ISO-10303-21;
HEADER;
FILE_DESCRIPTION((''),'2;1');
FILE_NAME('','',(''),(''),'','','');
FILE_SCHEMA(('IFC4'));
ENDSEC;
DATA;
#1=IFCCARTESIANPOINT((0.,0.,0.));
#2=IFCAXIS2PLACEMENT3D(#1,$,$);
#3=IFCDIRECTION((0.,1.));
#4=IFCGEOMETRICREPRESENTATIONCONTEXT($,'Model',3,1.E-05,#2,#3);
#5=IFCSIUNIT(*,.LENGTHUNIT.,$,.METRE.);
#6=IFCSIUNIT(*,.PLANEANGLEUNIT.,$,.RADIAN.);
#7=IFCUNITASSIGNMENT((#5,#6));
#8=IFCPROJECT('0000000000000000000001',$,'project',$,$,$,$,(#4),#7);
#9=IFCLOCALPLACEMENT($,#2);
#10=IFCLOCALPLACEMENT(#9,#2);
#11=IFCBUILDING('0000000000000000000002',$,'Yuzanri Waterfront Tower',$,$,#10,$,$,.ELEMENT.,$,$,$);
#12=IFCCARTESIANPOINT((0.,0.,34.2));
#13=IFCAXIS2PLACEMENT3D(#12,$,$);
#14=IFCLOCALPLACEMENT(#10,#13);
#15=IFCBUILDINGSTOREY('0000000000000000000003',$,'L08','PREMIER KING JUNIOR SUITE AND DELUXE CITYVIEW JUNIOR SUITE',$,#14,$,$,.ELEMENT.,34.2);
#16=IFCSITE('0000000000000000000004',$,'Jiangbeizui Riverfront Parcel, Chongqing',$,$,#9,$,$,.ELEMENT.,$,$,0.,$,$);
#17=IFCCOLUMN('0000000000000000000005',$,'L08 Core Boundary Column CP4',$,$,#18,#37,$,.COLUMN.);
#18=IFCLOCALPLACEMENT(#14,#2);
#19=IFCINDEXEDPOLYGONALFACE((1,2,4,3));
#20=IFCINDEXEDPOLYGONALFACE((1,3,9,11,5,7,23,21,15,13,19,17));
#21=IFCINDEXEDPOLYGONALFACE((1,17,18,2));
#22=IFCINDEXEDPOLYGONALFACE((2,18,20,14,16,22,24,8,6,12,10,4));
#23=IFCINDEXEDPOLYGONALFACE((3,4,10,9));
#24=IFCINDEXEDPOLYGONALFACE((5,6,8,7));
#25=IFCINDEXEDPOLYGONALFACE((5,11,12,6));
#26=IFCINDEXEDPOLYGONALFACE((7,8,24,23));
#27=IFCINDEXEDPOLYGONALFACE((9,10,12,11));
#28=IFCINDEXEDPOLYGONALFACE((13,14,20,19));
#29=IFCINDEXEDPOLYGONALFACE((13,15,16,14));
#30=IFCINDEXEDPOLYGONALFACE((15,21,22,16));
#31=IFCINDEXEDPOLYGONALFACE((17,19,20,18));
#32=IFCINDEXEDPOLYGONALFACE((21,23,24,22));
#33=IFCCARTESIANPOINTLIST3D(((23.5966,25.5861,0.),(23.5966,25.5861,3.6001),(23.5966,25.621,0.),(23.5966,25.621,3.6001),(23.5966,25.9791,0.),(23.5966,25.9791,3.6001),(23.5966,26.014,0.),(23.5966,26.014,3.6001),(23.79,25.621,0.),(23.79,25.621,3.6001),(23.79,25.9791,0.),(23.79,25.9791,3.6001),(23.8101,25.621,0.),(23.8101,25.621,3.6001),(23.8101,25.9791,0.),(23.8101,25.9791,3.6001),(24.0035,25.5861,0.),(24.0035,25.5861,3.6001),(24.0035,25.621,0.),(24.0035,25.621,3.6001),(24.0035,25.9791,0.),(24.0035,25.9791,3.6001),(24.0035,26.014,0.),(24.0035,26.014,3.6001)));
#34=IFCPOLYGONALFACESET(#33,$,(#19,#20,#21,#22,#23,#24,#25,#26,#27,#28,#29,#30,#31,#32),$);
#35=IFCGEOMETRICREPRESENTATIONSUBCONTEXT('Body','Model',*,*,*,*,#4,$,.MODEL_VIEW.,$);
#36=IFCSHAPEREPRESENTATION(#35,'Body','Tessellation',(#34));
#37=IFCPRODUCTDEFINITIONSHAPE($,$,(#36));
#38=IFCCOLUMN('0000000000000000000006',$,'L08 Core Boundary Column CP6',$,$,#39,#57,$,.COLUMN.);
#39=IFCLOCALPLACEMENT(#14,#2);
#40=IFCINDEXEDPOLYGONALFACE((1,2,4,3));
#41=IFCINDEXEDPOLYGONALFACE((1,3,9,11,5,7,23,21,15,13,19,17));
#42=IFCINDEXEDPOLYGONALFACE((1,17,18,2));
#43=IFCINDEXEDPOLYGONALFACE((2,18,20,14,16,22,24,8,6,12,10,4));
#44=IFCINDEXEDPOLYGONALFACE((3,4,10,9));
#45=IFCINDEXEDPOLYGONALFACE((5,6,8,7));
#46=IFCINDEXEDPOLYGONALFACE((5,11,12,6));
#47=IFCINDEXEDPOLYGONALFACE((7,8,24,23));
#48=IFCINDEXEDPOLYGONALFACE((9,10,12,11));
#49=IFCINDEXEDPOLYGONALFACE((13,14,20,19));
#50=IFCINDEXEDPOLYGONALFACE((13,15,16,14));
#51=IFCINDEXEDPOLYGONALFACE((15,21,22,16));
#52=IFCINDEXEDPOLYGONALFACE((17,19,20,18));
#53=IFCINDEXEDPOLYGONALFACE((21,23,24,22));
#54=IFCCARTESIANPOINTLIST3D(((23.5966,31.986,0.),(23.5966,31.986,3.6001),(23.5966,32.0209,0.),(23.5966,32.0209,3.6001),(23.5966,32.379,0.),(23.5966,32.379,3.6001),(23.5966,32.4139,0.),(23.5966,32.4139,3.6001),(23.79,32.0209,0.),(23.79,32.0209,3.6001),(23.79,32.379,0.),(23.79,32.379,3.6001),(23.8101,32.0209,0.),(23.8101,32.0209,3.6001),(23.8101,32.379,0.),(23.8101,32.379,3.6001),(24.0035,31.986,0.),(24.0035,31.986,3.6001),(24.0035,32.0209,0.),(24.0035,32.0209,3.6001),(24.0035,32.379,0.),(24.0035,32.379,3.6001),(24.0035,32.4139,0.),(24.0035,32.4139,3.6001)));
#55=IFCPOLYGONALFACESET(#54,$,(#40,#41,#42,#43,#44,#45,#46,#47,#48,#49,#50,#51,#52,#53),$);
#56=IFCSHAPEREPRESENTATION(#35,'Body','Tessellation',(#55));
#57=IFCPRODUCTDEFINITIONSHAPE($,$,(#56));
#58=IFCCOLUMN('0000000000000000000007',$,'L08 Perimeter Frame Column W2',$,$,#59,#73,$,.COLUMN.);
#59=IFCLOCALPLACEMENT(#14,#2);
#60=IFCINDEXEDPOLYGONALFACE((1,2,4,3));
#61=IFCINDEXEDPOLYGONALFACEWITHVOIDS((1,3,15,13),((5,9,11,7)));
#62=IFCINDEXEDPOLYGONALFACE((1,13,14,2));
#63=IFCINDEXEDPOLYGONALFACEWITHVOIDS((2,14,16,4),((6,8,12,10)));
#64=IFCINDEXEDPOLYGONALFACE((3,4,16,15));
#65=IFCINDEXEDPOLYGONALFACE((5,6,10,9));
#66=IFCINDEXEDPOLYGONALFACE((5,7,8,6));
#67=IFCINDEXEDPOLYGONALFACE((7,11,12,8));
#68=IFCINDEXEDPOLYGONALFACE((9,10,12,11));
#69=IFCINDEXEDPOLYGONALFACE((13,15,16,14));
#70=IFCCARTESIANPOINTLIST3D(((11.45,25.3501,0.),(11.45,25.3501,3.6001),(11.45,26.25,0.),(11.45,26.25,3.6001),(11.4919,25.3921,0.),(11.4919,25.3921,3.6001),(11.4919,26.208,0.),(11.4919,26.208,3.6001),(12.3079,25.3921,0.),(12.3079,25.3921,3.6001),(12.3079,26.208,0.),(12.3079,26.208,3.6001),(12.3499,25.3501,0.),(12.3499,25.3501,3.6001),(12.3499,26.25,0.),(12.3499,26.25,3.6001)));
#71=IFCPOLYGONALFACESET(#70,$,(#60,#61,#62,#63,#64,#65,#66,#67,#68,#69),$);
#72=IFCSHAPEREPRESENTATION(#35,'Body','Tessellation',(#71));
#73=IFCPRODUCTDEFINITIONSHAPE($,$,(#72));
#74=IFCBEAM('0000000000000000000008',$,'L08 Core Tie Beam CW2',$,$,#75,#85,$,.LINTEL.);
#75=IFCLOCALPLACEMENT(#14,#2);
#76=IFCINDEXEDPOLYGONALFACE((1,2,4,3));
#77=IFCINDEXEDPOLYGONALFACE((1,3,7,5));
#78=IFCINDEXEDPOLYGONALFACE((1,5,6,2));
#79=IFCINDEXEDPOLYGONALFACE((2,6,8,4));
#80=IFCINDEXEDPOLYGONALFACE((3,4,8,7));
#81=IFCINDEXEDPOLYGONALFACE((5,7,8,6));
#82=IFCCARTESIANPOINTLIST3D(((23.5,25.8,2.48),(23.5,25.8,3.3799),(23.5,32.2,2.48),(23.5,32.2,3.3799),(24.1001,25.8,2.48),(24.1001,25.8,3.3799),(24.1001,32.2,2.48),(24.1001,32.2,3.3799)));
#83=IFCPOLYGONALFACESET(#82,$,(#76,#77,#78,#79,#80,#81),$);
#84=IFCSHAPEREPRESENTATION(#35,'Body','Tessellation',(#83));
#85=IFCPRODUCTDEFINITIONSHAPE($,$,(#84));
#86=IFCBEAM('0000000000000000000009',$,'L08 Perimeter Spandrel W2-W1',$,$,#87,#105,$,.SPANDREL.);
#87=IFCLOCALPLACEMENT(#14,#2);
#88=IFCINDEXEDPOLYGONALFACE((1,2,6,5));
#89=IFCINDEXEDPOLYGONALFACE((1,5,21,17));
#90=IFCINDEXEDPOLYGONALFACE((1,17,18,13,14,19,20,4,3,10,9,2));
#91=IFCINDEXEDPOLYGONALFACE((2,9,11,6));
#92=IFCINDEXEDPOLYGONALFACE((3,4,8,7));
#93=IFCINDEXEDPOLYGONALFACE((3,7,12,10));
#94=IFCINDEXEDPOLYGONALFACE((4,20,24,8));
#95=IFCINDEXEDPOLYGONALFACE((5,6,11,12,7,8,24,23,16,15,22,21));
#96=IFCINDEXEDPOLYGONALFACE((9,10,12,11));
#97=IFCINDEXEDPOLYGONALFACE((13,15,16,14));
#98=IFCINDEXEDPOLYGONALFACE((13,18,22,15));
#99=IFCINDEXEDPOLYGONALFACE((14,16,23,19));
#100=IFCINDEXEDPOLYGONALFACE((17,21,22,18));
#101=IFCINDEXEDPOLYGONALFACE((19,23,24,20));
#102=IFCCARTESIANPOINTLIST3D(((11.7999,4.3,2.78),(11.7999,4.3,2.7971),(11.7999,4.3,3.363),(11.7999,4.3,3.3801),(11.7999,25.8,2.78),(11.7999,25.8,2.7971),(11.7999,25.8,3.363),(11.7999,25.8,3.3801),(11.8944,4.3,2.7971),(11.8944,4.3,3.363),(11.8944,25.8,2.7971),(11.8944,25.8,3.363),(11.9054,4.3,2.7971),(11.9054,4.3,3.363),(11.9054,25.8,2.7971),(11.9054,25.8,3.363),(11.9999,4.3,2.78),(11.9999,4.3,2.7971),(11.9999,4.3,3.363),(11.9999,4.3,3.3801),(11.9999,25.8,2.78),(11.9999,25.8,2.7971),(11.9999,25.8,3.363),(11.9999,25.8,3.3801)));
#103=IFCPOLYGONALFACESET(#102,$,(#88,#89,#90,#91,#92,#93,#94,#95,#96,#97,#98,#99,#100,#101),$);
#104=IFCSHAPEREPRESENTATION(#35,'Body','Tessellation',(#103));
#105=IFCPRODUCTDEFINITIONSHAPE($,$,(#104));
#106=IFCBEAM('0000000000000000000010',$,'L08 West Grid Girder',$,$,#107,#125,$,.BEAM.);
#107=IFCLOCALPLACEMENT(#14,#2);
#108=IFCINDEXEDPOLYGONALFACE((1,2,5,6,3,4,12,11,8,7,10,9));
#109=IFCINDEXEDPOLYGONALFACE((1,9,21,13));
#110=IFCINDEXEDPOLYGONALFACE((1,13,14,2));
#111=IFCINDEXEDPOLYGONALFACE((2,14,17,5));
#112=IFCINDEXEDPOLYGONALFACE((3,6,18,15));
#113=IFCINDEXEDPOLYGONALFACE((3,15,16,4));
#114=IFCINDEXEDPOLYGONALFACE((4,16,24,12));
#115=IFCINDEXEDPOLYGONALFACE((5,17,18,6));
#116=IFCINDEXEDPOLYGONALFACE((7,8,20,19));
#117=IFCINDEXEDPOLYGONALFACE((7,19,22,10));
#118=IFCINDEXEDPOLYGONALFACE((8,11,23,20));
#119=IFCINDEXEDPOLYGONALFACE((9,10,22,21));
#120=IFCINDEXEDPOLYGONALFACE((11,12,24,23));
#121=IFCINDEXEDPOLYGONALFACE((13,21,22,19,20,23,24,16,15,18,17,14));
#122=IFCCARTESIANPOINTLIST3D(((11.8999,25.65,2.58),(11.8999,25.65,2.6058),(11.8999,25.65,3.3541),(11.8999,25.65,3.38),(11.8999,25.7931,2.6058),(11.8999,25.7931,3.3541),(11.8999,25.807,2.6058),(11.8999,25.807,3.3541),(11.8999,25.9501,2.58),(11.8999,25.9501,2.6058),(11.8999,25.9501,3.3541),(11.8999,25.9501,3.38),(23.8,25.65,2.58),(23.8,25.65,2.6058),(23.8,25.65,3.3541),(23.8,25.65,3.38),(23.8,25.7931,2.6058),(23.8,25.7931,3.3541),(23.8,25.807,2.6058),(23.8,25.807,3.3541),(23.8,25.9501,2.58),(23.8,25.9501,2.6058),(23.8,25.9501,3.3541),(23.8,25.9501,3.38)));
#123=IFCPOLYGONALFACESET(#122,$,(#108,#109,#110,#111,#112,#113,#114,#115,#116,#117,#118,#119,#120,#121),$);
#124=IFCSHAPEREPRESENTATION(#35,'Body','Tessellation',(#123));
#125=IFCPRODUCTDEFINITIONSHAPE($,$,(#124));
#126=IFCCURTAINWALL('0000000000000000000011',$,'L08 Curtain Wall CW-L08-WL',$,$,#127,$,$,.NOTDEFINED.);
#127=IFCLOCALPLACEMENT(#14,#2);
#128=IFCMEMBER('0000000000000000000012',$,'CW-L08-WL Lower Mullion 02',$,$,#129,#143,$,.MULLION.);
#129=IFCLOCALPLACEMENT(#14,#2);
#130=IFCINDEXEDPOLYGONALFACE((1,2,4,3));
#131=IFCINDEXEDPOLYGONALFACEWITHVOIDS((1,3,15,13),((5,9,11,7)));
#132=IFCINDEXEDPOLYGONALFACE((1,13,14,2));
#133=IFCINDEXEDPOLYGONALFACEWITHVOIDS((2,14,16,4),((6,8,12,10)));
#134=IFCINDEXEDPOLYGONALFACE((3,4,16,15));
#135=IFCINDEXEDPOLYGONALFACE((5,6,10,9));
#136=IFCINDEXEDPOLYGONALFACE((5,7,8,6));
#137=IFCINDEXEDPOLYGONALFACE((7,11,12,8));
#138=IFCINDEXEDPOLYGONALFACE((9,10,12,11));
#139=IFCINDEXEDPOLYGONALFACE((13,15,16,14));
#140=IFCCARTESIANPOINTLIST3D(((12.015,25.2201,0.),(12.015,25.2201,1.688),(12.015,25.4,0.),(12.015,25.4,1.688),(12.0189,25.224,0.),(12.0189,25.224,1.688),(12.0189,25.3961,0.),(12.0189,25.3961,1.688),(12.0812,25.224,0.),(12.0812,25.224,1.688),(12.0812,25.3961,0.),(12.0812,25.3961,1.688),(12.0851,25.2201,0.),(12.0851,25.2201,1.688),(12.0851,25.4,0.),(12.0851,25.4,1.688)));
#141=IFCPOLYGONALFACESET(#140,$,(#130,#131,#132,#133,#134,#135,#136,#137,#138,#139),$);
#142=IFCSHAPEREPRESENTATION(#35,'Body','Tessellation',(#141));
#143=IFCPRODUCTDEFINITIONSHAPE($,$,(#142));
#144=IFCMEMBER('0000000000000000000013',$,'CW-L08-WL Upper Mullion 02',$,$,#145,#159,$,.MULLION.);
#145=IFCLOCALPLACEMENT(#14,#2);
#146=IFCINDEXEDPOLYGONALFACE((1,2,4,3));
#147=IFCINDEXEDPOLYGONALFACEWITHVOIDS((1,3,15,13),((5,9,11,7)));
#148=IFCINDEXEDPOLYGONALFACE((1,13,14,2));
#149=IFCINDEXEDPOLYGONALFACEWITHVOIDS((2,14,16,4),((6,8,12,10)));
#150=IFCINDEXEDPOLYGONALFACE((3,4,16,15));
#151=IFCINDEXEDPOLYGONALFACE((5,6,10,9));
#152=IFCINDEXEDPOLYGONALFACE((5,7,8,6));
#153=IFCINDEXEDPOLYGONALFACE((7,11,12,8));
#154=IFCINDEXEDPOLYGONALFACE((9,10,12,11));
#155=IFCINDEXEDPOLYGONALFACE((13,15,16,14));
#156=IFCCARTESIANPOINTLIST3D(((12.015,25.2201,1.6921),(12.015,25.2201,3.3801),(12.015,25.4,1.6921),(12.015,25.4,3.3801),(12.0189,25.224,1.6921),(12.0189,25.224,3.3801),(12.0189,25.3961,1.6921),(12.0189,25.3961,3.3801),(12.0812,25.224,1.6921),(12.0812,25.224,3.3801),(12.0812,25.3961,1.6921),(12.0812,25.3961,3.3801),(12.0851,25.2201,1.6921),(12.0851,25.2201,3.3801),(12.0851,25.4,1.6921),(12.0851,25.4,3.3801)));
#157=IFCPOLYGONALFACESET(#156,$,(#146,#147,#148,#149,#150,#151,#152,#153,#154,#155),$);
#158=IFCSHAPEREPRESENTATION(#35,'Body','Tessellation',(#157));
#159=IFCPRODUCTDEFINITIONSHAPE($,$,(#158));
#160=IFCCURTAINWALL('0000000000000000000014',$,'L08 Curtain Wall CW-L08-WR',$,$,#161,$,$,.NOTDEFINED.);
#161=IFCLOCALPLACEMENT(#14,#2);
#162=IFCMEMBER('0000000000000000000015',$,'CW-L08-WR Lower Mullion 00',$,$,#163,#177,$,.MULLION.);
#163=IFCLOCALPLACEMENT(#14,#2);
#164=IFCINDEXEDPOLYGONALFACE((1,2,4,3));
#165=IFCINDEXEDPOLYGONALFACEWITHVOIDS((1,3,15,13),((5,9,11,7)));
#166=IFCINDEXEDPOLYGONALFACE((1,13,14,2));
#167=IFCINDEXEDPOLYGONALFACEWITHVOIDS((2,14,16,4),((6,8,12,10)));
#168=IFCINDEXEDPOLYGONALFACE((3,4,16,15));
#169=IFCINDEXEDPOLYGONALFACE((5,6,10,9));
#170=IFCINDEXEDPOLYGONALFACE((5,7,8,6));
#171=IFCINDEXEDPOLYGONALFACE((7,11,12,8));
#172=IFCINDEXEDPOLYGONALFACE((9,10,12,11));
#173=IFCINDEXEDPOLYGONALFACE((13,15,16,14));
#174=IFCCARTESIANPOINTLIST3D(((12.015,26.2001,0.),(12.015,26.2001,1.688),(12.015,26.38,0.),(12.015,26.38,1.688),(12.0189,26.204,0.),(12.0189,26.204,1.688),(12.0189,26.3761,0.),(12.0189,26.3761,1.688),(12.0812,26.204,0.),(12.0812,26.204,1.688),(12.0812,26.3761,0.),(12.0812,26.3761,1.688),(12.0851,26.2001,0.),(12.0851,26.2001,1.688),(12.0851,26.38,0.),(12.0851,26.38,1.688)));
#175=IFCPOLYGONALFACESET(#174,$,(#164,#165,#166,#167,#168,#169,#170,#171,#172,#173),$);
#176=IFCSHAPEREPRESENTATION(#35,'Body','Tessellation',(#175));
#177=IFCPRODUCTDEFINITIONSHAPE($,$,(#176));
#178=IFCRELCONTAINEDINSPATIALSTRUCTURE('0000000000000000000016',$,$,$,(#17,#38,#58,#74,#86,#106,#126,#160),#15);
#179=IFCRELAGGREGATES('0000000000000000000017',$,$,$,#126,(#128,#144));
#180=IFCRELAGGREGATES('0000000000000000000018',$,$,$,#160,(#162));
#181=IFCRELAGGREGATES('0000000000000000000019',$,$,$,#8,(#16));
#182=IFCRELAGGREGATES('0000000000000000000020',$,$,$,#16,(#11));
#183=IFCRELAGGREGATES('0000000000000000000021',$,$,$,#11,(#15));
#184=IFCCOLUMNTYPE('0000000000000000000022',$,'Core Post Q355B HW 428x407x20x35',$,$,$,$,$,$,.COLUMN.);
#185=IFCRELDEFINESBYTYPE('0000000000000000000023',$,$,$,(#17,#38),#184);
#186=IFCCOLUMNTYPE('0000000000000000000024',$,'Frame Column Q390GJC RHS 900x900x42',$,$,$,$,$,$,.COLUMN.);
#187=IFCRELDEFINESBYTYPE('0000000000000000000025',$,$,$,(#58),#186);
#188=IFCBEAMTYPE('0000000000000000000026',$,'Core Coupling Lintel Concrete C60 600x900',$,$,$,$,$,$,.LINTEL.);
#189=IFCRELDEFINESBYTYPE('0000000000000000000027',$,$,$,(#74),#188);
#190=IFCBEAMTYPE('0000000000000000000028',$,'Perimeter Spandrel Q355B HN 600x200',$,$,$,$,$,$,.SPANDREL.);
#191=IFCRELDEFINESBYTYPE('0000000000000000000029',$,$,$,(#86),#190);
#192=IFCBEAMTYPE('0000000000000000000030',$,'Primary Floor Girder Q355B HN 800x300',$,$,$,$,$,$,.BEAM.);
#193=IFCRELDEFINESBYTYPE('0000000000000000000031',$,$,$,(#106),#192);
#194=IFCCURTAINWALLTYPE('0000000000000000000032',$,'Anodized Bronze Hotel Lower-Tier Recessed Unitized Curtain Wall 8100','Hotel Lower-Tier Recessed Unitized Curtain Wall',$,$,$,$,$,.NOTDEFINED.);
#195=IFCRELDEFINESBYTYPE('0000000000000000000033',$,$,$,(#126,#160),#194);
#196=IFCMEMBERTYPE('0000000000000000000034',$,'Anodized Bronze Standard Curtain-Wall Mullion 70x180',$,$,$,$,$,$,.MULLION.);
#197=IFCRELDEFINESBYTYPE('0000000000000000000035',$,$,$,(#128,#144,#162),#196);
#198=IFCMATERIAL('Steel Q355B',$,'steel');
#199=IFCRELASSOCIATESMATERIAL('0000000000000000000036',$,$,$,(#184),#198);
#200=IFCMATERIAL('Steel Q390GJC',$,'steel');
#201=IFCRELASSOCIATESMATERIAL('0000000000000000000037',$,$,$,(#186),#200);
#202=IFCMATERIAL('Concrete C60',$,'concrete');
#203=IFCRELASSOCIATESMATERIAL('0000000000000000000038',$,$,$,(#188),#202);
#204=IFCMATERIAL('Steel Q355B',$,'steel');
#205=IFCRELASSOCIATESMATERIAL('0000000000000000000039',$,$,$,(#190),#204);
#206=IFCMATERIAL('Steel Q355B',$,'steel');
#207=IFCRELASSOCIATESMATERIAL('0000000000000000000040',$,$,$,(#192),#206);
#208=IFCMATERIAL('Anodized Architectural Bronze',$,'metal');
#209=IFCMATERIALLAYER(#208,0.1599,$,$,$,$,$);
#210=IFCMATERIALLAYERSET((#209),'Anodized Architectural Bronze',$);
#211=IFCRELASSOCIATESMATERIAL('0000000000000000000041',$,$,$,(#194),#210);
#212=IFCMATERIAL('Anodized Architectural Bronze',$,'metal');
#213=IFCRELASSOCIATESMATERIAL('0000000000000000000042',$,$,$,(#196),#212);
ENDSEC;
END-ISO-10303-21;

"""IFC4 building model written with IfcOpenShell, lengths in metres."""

from ifc_helpers import new_model, si_unit, direction, frame, origin, origin_2d, place, context, subcontext, project, spatial, rectangle, hollow_rectangle, i_section, extrude, source, transform, mapped, material, layer, layer_set, material_profile, profile_set, type_object, element, aggregate, save


model = new_model("IFC4")

# Units and contexts
model_context = context("Model", 3, precision=1e-05, world=origin(), true_north=direction((0.0, 1.0)))
body_context = subcontext(model_context, "Body", "Model", "MODEL_VIEW")
ifc_project = project(units=[si_unit("LENGTHUNIT", "METRE"), si_unit("PLANEANGLEUNIT", "RADIAN")], contexts=[model_context])

# Site, building, storey
site_placement = place(None, origin())
site = spatial("IfcSite", under=ifc_project, at=site_placement, Name="Jiangbeizui Riverfront Parcel, Chongqing", CompositionType="ELEMENT", RefElevation=0.0)
building_placement = place(site_placement, origin())
building = spatial("IfcBuilding", under=site, at=building_placement, Name="Yuzanri Waterfront Tower", CompositionType="ELEMENT")
storey_placement = place(building_placement, frame((0.0, 0.0, 34.2)))
storey = spatial("IfcBuildingStorey", under=building, at=storey_placement, Name="L08", Description="PREMIER KING JUNIOR SUITE AND DELUXE CITYVIEW JUNIOR SUITE", CompositionType="ELEMENT", Elevation=34.2)

# Columns
ifc_material_1 = material(Name="Steel Q355B", Category="steel")
ifc_material_profile_1 = material_profile(ifc_material_1, i_section(OverallWidth=0.407, OverallDepth=0.428, WebThickness=0.02, FlangeThickness=0.0349, at=origin_2d()), Name="HW 428x407x20x35")
ifc_profile_set_1 = profile_set([ifc_material_profile_1], Name="Steel Q355B")
column_type_1 = type_object("IfcColumnType", Name="Core Post Q355B HW 428x407x20x35", PredefinedType="COLUMN", material=ifc_profile_set_1)
shared_shape_1 = source(origin(), body_context, "Body", "SweptSolid", [
    extrude(i_section(OverallWidth=0.407, OverallDepth=0.428, WebThickness=0.02, FlangeThickness=0.0349, at=origin_2d()), origin(), (0.0, 0.0, 1.0), 3.6001),
])
for number, where, z_axis, x_axis, name in (
    (1, (23.8, 25.8, 0.0), (0.0, 0.0, 1.0), (1.0, 0.0, 0.0), "L08 Core Boundary Column CP4"),
    (2, (23.8, 32.2, 0.0), (0.0, 0.0, 1.0), (1.0, 0.0, 0.0), "L08 Core Boundary Column CP6"),
):
    element("IfcColumn", number, at=place(storey_placement, frame(where, z_axis=z_axis, x_axis=x_axis)), inside=storey, type_object=column_type_1, Name=name, PredefinedType="COLUMN", context=body_context, shape_type="MappedRepresentation", body=[
        mapped(shared_shape_1, transform((0.0, 0.0, 0.0), scale=1.0)),
    ])
ifc_material_2 = material(Name="Steel Q390GJC", Category="steel")
ifc_material_profile_2 = material_profile(ifc_material_2, hollow_rectangle(XDim=0.8999, YDim=0.8999, WallThickness=0.042, at=origin_2d()), Name="RHS 900x900x42")
ifc_profile_set_2 = profile_set([ifc_material_profile_2], Name="Steel Q390GJC")
column_type_2 = type_object("IfcColumnType", Name="Frame Column Q390GJC RHS 900x900x42", PredefinedType="COLUMN", material=ifc_profile_set_2)
shared_shape_2 = source(origin(), body_context, "Body", "SweptSolid", [
    extrude(hollow_rectangle(XDim=0.8999, YDim=0.8999, WallThickness=0.042, at=origin_2d()), origin(), (0.0, 0.0, 1.0), 3.6001),
])
column_placement = place(storey_placement, frame((11.8999, 25.8, 0.0), z_axis=(0.0, 0.0, 1.0), x_axis=(1.0, 0.0, 0.0)))
element("IfcColumn", 3, at=column_placement, inside=storey, type_object=column_type_2, Name="L08 Perimeter Frame Column W2", PredefinedType="COLUMN", context=body_context, shape_type="MappedRepresentation", body=[
    mapped(shared_shape_2, transform((0.0, 0.0, 0.0), scale=1.0)),
])

# Beams
ifc_material_3 = material(Name="Concrete C60", Category="concrete")
ifc_material_profile_3 = material_profile(ifc_material_3, rectangle(XDim=0.6001, YDim=0.8999, at=origin_2d()), Name="RC 600x900")
ifc_profile_set_3 = profile_set([ifc_material_profile_3], Name="Concrete C60")
beam_type_1 = type_object("IfcBeamType", Name="Core Coupling Lintel Concrete C60 600x900", PredefinedType="LINTEL", material=ifc_profile_set_3)
shared_shape_3 = source(origin(), body_context, "Body", "SweptSolid", [
    extrude(rectangle(XDim=0.6001, YDim=0.8999, at=origin_2d()), origin(), (0.0, 0.0, 1.0), 6.3999),
])
beam_1_placement = place(storey_placement, frame((23.8, 25.8, 2.9299), z_axis=(0.0, 1.0, 0.0), x_axis=(-1.0, 0.0, 0.0)))
element("IfcBeam", 4, at=beam_1_placement, inside=storey, type_object=beam_type_1, Name="L08 Core Tie Beam CW2", PredefinedType="LINTEL", context=body_context, shape_type="MappedRepresentation", body=[
    mapped(shared_shape_3, transform((0.0, 0.0, 0.0), scale=1.0)),
])
ifc_material_4 = material(Name="Steel Q355B", Category="steel")
ifc_material_profile_4 = material_profile(ifc_material_4, i_section(OverallWidth=0.2, OverallDepth=0.6001, WebThickness=0.011, FlangeThickness=0.0171, at=origin_2d()), Name="HN 600x200x11x17")
ifc_profile_set_4 = profile_set([ifc_material_profile_4], Name="Steel Q355B")
beam_type_2 = type_object("IfcBeamType", Name="Perimeter Spandrel Q355B HN 600x200", PredefinedType="SPANDREL", material=ifc_profile_set_4)
shared_shape_4 = source(origin(), body_context, "Body", "SweptSolid", [
    extrude(i_section(OverallWidth=0.2, OverallDepth=0.6001, WebThickness=0.011, FlangeThickness=0.0171, at=origin_2d()), origin(), (0.0, 0.0, 1.0), 21.5),
])
beam_2_placement = place(storey_placement, frame((11.8999, 25.8, 3.0801), z_axis=(0.0, -1.0, 0.0), x_axis=(1.0, 0.0, 0.0)))
element("IfcBeam", 5, at=beam_2_placement, inside=storey, type_object=beam_type_2, Name="L08 Perimeter Spandrel W2-W1", PredefinedType="SPANDREL", context=body_context, shape_type="MappedRepresentation", body=[
    mapped(shared_shape_4, transform((0.0, 0.0, 0.0), scale=1.0)),
])
ifc_material_5 = material(Name="Steel Q355B", Category="steel")
ifc_material_profile_5 = material_profile(ifc_material_5, i_section(OverallWidth=0.3, OverallDepth=0.8, WebThickness=0.0139, FlangeThickness=0.0259, at=origin_2d()), Name="HN 800x300x14x26")
ifc_profile_set_5 = profile_set([ifc_material_profile_5], Name="Steel Q355B")
beam_type_3 = type_object("IfcBeamType", Name="Primary Floor Girder Q355B HN 800x300", PredefinedType="BEAM", material=ifc_profile_set_5)
shared_shape_5 = source(origin(), body_context, "Body", "SweptSolid", [
    extrude(i_section(OverallWidth=0.3, OverallDepth=0.8, WebThickness=0.0139, FlangeThickness=0.0259, at=origin_2d()), origin(), (0.0, 0.0, 1.0), 11.9001),
])
beam_3_placement = place(storey_placement, frame((23.8, 25.8, 2.98), z_axis=(-1.0, 0.0, 0.0), x_axis=(0.0, -1.0, 0.0)))
element("IfcBeam", 6, at=beam_3_placement, inside=storey, type_object=beam_type_3, Name="L08 West Grid Girder", PredefinedType="BEAM", context=body_context, shape_type="MappedRepresentation", body=[
    mapped(shared_shape_5, transform((0.0, 0.0, 0.0), scale=1.0)),
])

# Curtain wall, members
ifc_material_6 = material(Name="Anodized Architectural Bronze", Category="metal")
ifc_layer_1 = layer(ifc_material_6, 0.1599)
ifc_layer_set_1 = layer_set([ifc_layer_1], Name="Anodized Architectural Bronze")
curtain_wall_type = type_object("IfcCurtainWallType", Name="Anodized Bronze Hotel Lower-Tier Recessed Unitized Curtain Wall 8100", Description="Hotel Lower-Tier Recessed Unitized Curtain Wall", PredefinedType="NOTDEFINED", material=ifc_layer_set_1)
curtain_wall_1_placement = place(storey_placement, origin())
curtain_wall_1 = element("IfcCurtainWall", 7, at=curtain_wall_1_placement, inside=storey, type_object=curtain_wall_type, Name="L08 Curtain Wall CW-L08-WL", PredefinedType="NOTDEFINED")
ifc_material_7 = material(Name="Anodized Architectural Bronze", Category="metal")
ifc_material_profile_6 = material_profile(ifc_material_7, hollow_rectangle(XDim=0.0701, YDim=0.1799, WallThickness=0.0039, at=origin_2d()), Name="CWM 70x180")
ifc_profile_set_6 = profile_set([ifc_material_profile_6], Name="Anodized Architectural Bronze")
member_type_1 = type_object("IfcMemberType", Name="Anodized Bronze Standard Curtain-Wall Mullion 70x180", PredefinedType="MULLION", material=ifc_profile_set_6)
shared_shape_6 = source(origin(), body_context, "Body", "SweptSolid", [
    extrude(hollow_rectangle(XDim=0.0701, YDim=0.1799, WallThickness=0.0039, at=origin_2d()), origin(), (0.0, 0.0, 1.0), 1.688),
])
member_1_placement = place(storey_placement, frame((12.05, 25.3101, 0.0), z_axis=(0.0, 0.0, 1.0), x_axis=(1.0, 0.0, 0.0)))
member_1 = element("IfcMember", 8, at=member_1_placement, type_object=member_type_1, Name="CW-L08-WL Lower Mullion 02", PredefinedType="MULLION", context=body_context, shape_type="MappedRepresentation", body=[
    mapped(shared_shape_6, transform((0.0, 0.0, 0.0), scale=1.0)),
])
member_2_placement = place(storey_placement, frame((12.05, 25.3101, 1.6921), z_axis=(0.0, 0.0, 1.0), x_axis=(1.0, 0.0, 0.0)))
member_2 = element("IfcMember", 9, at=member_2_placement, type_object=member_type_1, Name="CW-L08-WL Upper Mullion 02", PredefinedType="MULLION", context=body_context, shape_type="MappedRepresentation", body=[
    mapped(shared_shape_6, transform((0.0, 0.0, 0.0), scale=1.0)),
])
aggregate(curtain_wall_1, [member_1, member_2])

# Curtain wall, member
curtain_wall_2_placement = place(storey_placement, origin())
curtain_wall_2 = element("IfcCurtainWall", 10, at=curtain_wall_2_placement, inside=storey, type_object=curtain_wall_type, Name="L08 Curtain Wall CW-L08-WR", PredefinedType="NOTDEFINED")
member_3_placement = place(storey_placement, frame((12.05, 26.29, 0.0), z_axis=(0.0, 0.0, 1.0), x_axis=(1.0, 0.0, 0.0)))
member_3 = element("IfcMember", 11, at=member_3_placement, type_object=member_type_1, Name="CW-L08-WR Lower Mullion 00", PredefinedType="MULLION", context=body_context, shape_type="MappedRepresentation", body=[
    mapped(shared_shape_6, transform((0.0, 0.0, 0.0), scale=1.0)),
])
aggregate(curtain_wall_2, [member_3])

save(model, "model.ifc")
